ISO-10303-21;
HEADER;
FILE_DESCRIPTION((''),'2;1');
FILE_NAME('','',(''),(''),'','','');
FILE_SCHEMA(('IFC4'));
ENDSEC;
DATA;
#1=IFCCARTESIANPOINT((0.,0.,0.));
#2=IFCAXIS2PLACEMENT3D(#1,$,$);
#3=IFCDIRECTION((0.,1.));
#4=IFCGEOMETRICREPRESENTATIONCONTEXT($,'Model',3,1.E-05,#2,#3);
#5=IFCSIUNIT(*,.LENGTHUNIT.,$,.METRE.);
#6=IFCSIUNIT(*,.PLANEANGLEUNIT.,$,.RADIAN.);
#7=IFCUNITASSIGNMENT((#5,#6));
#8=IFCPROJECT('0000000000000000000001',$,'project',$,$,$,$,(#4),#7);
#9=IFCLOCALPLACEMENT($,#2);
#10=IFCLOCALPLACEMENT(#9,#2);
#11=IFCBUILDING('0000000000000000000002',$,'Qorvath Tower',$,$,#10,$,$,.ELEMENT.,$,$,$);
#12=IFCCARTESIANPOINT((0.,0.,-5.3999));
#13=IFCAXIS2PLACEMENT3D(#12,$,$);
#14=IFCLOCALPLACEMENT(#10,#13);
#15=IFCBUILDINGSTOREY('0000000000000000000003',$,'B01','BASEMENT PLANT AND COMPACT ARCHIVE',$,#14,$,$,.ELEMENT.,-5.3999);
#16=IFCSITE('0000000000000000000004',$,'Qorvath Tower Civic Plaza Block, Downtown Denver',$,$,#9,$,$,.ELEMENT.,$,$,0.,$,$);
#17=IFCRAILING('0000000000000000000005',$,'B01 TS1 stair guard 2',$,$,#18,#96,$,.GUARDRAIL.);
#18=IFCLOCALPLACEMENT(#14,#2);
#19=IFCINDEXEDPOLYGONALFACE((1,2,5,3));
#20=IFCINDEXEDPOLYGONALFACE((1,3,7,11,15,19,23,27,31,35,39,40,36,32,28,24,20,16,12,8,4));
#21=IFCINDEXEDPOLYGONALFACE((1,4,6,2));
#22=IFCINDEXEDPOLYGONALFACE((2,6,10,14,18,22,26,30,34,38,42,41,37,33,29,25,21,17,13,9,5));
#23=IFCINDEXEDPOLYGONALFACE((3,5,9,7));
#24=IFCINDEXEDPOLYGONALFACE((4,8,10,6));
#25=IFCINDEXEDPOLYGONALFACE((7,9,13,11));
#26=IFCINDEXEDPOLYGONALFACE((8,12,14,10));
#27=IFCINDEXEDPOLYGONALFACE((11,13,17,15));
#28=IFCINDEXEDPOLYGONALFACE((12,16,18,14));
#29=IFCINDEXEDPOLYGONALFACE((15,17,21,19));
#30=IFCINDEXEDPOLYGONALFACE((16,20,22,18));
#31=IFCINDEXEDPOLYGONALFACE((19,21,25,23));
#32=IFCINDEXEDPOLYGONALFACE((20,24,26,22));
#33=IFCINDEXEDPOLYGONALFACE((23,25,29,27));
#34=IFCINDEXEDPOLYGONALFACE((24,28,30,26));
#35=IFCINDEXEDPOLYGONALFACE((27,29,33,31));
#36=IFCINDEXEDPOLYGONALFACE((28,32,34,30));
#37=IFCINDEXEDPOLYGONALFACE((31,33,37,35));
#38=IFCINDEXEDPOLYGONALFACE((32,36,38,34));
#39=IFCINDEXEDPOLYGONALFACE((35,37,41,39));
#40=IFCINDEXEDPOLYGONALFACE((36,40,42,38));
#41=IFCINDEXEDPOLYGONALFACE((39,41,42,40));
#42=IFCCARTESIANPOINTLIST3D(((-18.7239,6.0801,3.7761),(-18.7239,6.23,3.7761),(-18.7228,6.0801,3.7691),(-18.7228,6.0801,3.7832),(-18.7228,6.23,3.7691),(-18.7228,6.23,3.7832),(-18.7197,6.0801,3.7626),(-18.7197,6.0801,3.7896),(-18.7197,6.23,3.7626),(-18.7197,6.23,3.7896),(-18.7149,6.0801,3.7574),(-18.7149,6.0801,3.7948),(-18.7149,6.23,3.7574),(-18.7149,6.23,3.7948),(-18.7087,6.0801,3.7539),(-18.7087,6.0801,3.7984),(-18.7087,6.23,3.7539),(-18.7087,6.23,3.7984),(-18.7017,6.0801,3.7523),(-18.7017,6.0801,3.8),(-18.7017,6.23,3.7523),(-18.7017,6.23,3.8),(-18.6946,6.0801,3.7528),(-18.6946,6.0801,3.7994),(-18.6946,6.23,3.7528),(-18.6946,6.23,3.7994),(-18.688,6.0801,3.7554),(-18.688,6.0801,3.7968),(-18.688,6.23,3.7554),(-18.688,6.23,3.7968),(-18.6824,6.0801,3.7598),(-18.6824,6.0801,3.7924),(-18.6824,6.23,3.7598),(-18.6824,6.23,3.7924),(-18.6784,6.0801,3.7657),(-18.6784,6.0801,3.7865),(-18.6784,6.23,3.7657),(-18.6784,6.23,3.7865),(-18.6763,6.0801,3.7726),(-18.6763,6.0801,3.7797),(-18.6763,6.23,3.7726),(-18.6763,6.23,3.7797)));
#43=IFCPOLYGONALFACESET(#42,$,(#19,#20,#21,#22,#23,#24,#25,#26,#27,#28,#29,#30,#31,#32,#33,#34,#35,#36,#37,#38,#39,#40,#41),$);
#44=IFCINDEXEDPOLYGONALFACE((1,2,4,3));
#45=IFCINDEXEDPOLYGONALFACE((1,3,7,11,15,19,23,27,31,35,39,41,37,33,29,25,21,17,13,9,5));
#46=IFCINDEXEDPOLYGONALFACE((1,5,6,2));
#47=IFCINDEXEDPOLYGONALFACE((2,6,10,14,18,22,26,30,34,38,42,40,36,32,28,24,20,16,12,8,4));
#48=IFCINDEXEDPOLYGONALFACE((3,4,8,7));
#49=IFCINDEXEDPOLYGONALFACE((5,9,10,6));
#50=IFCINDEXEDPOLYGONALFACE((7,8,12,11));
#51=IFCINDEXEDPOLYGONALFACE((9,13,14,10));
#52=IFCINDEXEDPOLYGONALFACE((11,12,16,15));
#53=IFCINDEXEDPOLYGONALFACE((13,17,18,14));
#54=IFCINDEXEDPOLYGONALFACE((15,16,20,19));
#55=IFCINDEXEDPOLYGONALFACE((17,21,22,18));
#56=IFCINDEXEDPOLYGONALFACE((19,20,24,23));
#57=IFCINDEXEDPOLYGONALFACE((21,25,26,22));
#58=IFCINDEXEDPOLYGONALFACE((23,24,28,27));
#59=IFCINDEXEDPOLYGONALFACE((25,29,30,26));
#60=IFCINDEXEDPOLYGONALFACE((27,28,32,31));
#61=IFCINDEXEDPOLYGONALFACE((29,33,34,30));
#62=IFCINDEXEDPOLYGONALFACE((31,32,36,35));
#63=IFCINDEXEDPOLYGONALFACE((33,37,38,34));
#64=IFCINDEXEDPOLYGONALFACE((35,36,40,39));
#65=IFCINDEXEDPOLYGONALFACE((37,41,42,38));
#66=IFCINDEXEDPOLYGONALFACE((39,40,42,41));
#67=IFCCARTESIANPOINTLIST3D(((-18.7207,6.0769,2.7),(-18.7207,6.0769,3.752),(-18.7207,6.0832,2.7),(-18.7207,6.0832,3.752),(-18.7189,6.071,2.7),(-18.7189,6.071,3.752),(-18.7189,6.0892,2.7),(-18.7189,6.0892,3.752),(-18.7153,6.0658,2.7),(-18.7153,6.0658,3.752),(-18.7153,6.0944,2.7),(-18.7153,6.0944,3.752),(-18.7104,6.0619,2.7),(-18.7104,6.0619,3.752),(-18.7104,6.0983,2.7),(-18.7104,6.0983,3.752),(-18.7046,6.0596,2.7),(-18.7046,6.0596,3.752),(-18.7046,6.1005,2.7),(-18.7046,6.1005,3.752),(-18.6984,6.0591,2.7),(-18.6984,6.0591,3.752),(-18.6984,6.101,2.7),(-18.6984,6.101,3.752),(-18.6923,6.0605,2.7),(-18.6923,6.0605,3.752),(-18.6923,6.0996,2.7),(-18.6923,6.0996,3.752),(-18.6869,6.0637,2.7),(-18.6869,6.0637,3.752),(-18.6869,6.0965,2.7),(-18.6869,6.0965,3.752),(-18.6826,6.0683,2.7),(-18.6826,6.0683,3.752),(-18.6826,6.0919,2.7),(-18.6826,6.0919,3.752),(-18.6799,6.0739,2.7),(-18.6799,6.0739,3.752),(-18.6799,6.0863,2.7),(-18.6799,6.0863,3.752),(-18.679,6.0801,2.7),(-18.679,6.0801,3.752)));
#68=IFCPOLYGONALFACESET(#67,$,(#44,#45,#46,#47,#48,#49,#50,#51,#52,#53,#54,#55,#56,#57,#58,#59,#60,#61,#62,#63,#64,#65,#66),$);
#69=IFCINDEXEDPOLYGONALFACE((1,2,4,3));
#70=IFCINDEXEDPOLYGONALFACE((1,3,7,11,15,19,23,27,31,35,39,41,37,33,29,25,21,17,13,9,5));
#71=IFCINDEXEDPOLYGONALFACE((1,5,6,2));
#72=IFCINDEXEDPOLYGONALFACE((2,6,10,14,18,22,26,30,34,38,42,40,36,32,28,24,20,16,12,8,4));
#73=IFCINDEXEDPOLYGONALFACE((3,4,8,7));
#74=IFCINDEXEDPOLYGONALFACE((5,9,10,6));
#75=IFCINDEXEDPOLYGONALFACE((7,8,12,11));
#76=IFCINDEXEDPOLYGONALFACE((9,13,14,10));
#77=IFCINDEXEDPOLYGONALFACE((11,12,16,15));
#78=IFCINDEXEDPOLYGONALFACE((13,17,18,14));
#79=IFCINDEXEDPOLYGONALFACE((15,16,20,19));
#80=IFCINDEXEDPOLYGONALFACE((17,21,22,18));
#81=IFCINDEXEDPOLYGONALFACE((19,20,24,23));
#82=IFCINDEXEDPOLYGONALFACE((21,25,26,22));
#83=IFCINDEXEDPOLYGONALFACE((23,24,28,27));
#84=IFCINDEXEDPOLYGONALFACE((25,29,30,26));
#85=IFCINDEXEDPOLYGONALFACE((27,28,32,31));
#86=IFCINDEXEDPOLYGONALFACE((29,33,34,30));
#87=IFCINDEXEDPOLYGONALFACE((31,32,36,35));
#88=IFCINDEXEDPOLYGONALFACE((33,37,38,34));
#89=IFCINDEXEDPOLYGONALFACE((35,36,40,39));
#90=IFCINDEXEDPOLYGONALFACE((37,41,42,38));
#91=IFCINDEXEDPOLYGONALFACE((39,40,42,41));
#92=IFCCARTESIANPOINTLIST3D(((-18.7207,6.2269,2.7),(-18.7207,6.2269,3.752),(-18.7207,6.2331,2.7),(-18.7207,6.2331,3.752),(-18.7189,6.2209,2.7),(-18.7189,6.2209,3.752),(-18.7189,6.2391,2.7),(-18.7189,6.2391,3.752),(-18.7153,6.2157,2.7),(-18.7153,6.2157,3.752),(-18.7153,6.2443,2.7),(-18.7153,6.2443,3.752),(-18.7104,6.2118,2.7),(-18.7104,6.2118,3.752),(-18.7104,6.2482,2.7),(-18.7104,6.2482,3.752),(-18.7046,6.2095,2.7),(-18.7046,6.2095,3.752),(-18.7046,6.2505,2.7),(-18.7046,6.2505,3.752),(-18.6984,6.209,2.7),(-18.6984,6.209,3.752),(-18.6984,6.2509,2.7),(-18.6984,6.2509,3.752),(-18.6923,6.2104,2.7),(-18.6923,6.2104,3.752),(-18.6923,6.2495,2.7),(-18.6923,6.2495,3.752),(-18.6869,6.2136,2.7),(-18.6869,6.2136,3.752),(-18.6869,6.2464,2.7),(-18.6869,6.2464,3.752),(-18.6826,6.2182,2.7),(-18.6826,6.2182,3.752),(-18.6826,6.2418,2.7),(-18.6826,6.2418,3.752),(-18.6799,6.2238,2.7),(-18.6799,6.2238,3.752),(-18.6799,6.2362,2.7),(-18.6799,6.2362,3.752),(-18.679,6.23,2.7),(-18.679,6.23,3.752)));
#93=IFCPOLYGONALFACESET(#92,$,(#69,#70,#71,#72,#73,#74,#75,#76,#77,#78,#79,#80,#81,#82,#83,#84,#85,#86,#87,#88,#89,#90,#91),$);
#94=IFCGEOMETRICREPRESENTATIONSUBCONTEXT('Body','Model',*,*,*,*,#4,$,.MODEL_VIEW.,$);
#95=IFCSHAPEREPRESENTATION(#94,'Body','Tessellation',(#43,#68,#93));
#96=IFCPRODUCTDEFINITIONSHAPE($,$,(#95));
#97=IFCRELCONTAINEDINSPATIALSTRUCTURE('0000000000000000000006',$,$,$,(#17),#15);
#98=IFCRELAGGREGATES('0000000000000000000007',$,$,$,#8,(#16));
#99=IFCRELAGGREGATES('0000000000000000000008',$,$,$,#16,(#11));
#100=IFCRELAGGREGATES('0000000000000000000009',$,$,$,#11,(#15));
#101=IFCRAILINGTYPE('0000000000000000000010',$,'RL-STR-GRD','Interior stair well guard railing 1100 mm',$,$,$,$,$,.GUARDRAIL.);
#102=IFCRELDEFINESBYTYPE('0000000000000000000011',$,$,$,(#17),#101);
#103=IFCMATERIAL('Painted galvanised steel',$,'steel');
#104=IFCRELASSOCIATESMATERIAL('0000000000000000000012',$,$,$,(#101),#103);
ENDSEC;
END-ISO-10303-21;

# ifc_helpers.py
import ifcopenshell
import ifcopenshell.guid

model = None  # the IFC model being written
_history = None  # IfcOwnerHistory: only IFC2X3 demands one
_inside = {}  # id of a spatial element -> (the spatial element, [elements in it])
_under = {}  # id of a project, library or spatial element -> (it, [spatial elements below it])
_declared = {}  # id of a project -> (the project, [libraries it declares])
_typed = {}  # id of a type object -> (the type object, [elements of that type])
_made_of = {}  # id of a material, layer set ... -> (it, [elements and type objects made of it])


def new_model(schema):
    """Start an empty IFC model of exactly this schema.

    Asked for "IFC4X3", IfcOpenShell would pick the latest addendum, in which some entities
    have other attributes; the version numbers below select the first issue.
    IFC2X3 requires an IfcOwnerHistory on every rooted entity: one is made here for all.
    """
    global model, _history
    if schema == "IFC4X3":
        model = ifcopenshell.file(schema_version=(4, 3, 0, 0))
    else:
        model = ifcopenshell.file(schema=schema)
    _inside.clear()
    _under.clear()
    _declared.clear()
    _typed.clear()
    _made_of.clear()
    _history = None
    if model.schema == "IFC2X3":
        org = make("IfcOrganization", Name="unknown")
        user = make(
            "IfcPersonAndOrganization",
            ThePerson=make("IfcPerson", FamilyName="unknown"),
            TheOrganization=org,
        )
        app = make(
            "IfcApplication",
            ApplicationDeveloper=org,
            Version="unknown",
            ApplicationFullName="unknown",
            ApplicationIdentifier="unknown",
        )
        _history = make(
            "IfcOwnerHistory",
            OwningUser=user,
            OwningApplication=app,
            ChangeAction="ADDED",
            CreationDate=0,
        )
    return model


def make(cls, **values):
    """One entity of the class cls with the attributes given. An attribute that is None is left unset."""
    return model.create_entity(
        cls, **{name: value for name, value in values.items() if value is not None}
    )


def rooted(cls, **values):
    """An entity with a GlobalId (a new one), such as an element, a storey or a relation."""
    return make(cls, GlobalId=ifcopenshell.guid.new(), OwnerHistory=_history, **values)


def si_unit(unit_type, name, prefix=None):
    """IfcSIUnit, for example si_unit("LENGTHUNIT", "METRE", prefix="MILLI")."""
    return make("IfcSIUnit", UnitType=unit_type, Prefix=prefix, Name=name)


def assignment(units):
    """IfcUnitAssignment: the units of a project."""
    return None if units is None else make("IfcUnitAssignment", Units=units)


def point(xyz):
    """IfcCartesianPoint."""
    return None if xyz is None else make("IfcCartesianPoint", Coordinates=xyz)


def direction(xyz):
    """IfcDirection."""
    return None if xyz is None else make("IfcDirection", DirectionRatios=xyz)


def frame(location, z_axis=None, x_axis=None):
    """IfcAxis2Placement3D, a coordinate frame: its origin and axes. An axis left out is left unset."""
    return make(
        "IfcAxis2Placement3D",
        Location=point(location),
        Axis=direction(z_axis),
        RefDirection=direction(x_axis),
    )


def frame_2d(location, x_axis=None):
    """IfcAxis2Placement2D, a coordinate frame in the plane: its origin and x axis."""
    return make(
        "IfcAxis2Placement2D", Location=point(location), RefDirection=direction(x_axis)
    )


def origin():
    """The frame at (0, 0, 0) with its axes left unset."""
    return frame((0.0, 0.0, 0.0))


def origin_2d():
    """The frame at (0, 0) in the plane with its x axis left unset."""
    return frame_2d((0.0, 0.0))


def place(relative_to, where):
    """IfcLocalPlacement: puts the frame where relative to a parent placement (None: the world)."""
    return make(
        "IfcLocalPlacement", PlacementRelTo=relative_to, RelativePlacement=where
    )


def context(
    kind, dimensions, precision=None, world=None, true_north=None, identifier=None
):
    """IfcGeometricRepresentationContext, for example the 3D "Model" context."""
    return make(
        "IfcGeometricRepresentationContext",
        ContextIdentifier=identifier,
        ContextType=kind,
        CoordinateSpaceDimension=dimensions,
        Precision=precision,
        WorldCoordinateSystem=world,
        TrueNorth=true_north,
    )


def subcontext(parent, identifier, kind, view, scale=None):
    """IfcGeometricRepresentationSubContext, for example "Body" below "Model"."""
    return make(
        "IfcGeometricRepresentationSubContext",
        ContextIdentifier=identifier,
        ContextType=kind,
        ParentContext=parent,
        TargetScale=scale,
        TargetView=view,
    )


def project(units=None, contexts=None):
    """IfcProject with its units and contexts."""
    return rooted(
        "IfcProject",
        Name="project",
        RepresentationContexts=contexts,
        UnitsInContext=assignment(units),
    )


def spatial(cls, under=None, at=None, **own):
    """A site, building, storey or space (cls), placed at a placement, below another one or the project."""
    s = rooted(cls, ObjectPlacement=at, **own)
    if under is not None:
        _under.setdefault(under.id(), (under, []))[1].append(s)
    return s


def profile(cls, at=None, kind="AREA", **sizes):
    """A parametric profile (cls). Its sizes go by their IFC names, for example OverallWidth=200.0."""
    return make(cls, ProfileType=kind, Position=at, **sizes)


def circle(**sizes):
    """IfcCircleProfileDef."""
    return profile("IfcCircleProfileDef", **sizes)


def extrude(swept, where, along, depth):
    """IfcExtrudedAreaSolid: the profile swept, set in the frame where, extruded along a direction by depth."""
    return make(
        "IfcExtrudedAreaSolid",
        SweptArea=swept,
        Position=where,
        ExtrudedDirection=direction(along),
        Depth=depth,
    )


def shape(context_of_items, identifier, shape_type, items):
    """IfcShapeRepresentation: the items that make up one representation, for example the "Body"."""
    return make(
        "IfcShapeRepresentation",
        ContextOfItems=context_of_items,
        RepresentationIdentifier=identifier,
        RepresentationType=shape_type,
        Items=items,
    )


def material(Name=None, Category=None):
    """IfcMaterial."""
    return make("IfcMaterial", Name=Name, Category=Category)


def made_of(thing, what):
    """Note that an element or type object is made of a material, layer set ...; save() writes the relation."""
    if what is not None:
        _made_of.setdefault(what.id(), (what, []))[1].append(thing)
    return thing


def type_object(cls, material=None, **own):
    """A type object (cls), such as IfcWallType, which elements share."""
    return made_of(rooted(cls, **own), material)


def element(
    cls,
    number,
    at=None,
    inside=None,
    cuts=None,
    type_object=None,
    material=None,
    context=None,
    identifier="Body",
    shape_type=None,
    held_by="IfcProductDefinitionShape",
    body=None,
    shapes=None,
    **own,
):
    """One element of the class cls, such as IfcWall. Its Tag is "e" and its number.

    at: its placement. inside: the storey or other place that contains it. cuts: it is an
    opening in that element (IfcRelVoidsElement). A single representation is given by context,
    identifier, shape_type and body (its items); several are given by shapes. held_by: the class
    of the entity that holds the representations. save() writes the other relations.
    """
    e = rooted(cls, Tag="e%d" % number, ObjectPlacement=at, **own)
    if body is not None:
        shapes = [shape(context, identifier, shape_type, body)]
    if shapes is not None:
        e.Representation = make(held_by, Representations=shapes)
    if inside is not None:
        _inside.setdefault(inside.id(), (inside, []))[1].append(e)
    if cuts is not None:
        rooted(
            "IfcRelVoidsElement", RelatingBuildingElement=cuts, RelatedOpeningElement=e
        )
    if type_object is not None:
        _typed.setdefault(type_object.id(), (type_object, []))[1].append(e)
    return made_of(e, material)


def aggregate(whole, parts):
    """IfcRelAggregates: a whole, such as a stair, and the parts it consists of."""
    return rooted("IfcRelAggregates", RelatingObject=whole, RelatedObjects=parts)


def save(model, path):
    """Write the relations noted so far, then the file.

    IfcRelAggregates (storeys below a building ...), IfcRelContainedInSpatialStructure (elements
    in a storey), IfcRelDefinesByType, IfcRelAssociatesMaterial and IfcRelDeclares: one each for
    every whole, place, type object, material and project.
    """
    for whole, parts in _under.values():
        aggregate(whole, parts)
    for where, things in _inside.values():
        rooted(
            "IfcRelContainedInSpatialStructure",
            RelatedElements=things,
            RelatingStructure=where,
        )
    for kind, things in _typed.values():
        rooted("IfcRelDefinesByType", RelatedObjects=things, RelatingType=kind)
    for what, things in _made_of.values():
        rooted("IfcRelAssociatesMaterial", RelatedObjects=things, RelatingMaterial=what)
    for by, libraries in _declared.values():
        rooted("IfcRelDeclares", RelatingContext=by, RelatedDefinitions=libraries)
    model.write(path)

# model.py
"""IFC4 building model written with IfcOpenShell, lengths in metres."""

from ifc_helpers import new_model, si_unit, direction, frame, origin, origin_2d, place, context, subcontext, project, spatial, circle, extrude, material, type_object, element, save


model = new_model("IFC4")

# Units and contexts
model_context = context("Model", 3, precision=1e-05, world=origin(), true_north=direction((0.0, 1.0)))
body_context = subcontext(model_context, "Body", "Model", "MODEL_VIEW")
ifc_project = project(units=[si_unit("LENGTHUNIT", "METRE"), si_unit("PLANEANGLEUNIT", "RADIAN")], contexts=[model_context])

# Site, building, storey
site_placement = place(None, origin())
site = spatial("IfcSite", under=ifc_project, at=site_placement, Name="Qorvath Tower Civic Plaza Block, Downtown Denver", CompositionType="ELEMENT", RefElevation=0.0)
building_placement = place(site_placement, origin())
building = spatial("IfcBuilding", under=site, at=building_placement, Name="Qorvath Tower", CompositionType="ELEMENT")
storey_placement = place(building_placement, frame((0.0, 0.0, -5.3999)))
storey = spatial("IfcBuildingStorey", under=building, at=storey_placement, Name="B01", Description="BASEMENT PLANT AND COMPACT ARCHIVE", CompositionType="ELEMENT", Elevation=-5.3999)

# Railing
ifc_material_1 = material(Name="Painted galvanised steel", Category="steel")
railing_type_1 = type_object("IfcRailingType", Name="RL-STR-GRD", Description="Interior stair well guard railing 1100 mm", PredefinedType="GUARDRAIL", material=ifc_material_1)
railing_1_placement = place(storey_placement, frame((-18.7, 6.0801, 2.7)))
element("IfcRailing", 1, at=railing_1_placement, inside=storey, type_object=railing_type_1, Name="B01 TS1 stair guard 2", PredefinedType="GUARDRAIL", context=body_context, shape_type="SweptSolid", body=[
    extrude(circle(Radius=0.0239, at=origin_2d()), frame((0.0, 0.0, 1.0762), z_axis=(0.0, 1.0, 0.0), x_axis=(-1.0, 0.0, 0.0)), (0.0, 0.0, 1.0), 0.1499),
    extrude(circle(Radius=0.021, at=origin_2d()), origin(), (0.0, 0.0, 1.0), 1.052),
    extrude(circle(Radius=0.021, at=origin_2d()), frame((0.0, 0.1499, 0.0)), (0.0, 0.0, 1.0), 1.052),
])

save(model, "model.ifc")
